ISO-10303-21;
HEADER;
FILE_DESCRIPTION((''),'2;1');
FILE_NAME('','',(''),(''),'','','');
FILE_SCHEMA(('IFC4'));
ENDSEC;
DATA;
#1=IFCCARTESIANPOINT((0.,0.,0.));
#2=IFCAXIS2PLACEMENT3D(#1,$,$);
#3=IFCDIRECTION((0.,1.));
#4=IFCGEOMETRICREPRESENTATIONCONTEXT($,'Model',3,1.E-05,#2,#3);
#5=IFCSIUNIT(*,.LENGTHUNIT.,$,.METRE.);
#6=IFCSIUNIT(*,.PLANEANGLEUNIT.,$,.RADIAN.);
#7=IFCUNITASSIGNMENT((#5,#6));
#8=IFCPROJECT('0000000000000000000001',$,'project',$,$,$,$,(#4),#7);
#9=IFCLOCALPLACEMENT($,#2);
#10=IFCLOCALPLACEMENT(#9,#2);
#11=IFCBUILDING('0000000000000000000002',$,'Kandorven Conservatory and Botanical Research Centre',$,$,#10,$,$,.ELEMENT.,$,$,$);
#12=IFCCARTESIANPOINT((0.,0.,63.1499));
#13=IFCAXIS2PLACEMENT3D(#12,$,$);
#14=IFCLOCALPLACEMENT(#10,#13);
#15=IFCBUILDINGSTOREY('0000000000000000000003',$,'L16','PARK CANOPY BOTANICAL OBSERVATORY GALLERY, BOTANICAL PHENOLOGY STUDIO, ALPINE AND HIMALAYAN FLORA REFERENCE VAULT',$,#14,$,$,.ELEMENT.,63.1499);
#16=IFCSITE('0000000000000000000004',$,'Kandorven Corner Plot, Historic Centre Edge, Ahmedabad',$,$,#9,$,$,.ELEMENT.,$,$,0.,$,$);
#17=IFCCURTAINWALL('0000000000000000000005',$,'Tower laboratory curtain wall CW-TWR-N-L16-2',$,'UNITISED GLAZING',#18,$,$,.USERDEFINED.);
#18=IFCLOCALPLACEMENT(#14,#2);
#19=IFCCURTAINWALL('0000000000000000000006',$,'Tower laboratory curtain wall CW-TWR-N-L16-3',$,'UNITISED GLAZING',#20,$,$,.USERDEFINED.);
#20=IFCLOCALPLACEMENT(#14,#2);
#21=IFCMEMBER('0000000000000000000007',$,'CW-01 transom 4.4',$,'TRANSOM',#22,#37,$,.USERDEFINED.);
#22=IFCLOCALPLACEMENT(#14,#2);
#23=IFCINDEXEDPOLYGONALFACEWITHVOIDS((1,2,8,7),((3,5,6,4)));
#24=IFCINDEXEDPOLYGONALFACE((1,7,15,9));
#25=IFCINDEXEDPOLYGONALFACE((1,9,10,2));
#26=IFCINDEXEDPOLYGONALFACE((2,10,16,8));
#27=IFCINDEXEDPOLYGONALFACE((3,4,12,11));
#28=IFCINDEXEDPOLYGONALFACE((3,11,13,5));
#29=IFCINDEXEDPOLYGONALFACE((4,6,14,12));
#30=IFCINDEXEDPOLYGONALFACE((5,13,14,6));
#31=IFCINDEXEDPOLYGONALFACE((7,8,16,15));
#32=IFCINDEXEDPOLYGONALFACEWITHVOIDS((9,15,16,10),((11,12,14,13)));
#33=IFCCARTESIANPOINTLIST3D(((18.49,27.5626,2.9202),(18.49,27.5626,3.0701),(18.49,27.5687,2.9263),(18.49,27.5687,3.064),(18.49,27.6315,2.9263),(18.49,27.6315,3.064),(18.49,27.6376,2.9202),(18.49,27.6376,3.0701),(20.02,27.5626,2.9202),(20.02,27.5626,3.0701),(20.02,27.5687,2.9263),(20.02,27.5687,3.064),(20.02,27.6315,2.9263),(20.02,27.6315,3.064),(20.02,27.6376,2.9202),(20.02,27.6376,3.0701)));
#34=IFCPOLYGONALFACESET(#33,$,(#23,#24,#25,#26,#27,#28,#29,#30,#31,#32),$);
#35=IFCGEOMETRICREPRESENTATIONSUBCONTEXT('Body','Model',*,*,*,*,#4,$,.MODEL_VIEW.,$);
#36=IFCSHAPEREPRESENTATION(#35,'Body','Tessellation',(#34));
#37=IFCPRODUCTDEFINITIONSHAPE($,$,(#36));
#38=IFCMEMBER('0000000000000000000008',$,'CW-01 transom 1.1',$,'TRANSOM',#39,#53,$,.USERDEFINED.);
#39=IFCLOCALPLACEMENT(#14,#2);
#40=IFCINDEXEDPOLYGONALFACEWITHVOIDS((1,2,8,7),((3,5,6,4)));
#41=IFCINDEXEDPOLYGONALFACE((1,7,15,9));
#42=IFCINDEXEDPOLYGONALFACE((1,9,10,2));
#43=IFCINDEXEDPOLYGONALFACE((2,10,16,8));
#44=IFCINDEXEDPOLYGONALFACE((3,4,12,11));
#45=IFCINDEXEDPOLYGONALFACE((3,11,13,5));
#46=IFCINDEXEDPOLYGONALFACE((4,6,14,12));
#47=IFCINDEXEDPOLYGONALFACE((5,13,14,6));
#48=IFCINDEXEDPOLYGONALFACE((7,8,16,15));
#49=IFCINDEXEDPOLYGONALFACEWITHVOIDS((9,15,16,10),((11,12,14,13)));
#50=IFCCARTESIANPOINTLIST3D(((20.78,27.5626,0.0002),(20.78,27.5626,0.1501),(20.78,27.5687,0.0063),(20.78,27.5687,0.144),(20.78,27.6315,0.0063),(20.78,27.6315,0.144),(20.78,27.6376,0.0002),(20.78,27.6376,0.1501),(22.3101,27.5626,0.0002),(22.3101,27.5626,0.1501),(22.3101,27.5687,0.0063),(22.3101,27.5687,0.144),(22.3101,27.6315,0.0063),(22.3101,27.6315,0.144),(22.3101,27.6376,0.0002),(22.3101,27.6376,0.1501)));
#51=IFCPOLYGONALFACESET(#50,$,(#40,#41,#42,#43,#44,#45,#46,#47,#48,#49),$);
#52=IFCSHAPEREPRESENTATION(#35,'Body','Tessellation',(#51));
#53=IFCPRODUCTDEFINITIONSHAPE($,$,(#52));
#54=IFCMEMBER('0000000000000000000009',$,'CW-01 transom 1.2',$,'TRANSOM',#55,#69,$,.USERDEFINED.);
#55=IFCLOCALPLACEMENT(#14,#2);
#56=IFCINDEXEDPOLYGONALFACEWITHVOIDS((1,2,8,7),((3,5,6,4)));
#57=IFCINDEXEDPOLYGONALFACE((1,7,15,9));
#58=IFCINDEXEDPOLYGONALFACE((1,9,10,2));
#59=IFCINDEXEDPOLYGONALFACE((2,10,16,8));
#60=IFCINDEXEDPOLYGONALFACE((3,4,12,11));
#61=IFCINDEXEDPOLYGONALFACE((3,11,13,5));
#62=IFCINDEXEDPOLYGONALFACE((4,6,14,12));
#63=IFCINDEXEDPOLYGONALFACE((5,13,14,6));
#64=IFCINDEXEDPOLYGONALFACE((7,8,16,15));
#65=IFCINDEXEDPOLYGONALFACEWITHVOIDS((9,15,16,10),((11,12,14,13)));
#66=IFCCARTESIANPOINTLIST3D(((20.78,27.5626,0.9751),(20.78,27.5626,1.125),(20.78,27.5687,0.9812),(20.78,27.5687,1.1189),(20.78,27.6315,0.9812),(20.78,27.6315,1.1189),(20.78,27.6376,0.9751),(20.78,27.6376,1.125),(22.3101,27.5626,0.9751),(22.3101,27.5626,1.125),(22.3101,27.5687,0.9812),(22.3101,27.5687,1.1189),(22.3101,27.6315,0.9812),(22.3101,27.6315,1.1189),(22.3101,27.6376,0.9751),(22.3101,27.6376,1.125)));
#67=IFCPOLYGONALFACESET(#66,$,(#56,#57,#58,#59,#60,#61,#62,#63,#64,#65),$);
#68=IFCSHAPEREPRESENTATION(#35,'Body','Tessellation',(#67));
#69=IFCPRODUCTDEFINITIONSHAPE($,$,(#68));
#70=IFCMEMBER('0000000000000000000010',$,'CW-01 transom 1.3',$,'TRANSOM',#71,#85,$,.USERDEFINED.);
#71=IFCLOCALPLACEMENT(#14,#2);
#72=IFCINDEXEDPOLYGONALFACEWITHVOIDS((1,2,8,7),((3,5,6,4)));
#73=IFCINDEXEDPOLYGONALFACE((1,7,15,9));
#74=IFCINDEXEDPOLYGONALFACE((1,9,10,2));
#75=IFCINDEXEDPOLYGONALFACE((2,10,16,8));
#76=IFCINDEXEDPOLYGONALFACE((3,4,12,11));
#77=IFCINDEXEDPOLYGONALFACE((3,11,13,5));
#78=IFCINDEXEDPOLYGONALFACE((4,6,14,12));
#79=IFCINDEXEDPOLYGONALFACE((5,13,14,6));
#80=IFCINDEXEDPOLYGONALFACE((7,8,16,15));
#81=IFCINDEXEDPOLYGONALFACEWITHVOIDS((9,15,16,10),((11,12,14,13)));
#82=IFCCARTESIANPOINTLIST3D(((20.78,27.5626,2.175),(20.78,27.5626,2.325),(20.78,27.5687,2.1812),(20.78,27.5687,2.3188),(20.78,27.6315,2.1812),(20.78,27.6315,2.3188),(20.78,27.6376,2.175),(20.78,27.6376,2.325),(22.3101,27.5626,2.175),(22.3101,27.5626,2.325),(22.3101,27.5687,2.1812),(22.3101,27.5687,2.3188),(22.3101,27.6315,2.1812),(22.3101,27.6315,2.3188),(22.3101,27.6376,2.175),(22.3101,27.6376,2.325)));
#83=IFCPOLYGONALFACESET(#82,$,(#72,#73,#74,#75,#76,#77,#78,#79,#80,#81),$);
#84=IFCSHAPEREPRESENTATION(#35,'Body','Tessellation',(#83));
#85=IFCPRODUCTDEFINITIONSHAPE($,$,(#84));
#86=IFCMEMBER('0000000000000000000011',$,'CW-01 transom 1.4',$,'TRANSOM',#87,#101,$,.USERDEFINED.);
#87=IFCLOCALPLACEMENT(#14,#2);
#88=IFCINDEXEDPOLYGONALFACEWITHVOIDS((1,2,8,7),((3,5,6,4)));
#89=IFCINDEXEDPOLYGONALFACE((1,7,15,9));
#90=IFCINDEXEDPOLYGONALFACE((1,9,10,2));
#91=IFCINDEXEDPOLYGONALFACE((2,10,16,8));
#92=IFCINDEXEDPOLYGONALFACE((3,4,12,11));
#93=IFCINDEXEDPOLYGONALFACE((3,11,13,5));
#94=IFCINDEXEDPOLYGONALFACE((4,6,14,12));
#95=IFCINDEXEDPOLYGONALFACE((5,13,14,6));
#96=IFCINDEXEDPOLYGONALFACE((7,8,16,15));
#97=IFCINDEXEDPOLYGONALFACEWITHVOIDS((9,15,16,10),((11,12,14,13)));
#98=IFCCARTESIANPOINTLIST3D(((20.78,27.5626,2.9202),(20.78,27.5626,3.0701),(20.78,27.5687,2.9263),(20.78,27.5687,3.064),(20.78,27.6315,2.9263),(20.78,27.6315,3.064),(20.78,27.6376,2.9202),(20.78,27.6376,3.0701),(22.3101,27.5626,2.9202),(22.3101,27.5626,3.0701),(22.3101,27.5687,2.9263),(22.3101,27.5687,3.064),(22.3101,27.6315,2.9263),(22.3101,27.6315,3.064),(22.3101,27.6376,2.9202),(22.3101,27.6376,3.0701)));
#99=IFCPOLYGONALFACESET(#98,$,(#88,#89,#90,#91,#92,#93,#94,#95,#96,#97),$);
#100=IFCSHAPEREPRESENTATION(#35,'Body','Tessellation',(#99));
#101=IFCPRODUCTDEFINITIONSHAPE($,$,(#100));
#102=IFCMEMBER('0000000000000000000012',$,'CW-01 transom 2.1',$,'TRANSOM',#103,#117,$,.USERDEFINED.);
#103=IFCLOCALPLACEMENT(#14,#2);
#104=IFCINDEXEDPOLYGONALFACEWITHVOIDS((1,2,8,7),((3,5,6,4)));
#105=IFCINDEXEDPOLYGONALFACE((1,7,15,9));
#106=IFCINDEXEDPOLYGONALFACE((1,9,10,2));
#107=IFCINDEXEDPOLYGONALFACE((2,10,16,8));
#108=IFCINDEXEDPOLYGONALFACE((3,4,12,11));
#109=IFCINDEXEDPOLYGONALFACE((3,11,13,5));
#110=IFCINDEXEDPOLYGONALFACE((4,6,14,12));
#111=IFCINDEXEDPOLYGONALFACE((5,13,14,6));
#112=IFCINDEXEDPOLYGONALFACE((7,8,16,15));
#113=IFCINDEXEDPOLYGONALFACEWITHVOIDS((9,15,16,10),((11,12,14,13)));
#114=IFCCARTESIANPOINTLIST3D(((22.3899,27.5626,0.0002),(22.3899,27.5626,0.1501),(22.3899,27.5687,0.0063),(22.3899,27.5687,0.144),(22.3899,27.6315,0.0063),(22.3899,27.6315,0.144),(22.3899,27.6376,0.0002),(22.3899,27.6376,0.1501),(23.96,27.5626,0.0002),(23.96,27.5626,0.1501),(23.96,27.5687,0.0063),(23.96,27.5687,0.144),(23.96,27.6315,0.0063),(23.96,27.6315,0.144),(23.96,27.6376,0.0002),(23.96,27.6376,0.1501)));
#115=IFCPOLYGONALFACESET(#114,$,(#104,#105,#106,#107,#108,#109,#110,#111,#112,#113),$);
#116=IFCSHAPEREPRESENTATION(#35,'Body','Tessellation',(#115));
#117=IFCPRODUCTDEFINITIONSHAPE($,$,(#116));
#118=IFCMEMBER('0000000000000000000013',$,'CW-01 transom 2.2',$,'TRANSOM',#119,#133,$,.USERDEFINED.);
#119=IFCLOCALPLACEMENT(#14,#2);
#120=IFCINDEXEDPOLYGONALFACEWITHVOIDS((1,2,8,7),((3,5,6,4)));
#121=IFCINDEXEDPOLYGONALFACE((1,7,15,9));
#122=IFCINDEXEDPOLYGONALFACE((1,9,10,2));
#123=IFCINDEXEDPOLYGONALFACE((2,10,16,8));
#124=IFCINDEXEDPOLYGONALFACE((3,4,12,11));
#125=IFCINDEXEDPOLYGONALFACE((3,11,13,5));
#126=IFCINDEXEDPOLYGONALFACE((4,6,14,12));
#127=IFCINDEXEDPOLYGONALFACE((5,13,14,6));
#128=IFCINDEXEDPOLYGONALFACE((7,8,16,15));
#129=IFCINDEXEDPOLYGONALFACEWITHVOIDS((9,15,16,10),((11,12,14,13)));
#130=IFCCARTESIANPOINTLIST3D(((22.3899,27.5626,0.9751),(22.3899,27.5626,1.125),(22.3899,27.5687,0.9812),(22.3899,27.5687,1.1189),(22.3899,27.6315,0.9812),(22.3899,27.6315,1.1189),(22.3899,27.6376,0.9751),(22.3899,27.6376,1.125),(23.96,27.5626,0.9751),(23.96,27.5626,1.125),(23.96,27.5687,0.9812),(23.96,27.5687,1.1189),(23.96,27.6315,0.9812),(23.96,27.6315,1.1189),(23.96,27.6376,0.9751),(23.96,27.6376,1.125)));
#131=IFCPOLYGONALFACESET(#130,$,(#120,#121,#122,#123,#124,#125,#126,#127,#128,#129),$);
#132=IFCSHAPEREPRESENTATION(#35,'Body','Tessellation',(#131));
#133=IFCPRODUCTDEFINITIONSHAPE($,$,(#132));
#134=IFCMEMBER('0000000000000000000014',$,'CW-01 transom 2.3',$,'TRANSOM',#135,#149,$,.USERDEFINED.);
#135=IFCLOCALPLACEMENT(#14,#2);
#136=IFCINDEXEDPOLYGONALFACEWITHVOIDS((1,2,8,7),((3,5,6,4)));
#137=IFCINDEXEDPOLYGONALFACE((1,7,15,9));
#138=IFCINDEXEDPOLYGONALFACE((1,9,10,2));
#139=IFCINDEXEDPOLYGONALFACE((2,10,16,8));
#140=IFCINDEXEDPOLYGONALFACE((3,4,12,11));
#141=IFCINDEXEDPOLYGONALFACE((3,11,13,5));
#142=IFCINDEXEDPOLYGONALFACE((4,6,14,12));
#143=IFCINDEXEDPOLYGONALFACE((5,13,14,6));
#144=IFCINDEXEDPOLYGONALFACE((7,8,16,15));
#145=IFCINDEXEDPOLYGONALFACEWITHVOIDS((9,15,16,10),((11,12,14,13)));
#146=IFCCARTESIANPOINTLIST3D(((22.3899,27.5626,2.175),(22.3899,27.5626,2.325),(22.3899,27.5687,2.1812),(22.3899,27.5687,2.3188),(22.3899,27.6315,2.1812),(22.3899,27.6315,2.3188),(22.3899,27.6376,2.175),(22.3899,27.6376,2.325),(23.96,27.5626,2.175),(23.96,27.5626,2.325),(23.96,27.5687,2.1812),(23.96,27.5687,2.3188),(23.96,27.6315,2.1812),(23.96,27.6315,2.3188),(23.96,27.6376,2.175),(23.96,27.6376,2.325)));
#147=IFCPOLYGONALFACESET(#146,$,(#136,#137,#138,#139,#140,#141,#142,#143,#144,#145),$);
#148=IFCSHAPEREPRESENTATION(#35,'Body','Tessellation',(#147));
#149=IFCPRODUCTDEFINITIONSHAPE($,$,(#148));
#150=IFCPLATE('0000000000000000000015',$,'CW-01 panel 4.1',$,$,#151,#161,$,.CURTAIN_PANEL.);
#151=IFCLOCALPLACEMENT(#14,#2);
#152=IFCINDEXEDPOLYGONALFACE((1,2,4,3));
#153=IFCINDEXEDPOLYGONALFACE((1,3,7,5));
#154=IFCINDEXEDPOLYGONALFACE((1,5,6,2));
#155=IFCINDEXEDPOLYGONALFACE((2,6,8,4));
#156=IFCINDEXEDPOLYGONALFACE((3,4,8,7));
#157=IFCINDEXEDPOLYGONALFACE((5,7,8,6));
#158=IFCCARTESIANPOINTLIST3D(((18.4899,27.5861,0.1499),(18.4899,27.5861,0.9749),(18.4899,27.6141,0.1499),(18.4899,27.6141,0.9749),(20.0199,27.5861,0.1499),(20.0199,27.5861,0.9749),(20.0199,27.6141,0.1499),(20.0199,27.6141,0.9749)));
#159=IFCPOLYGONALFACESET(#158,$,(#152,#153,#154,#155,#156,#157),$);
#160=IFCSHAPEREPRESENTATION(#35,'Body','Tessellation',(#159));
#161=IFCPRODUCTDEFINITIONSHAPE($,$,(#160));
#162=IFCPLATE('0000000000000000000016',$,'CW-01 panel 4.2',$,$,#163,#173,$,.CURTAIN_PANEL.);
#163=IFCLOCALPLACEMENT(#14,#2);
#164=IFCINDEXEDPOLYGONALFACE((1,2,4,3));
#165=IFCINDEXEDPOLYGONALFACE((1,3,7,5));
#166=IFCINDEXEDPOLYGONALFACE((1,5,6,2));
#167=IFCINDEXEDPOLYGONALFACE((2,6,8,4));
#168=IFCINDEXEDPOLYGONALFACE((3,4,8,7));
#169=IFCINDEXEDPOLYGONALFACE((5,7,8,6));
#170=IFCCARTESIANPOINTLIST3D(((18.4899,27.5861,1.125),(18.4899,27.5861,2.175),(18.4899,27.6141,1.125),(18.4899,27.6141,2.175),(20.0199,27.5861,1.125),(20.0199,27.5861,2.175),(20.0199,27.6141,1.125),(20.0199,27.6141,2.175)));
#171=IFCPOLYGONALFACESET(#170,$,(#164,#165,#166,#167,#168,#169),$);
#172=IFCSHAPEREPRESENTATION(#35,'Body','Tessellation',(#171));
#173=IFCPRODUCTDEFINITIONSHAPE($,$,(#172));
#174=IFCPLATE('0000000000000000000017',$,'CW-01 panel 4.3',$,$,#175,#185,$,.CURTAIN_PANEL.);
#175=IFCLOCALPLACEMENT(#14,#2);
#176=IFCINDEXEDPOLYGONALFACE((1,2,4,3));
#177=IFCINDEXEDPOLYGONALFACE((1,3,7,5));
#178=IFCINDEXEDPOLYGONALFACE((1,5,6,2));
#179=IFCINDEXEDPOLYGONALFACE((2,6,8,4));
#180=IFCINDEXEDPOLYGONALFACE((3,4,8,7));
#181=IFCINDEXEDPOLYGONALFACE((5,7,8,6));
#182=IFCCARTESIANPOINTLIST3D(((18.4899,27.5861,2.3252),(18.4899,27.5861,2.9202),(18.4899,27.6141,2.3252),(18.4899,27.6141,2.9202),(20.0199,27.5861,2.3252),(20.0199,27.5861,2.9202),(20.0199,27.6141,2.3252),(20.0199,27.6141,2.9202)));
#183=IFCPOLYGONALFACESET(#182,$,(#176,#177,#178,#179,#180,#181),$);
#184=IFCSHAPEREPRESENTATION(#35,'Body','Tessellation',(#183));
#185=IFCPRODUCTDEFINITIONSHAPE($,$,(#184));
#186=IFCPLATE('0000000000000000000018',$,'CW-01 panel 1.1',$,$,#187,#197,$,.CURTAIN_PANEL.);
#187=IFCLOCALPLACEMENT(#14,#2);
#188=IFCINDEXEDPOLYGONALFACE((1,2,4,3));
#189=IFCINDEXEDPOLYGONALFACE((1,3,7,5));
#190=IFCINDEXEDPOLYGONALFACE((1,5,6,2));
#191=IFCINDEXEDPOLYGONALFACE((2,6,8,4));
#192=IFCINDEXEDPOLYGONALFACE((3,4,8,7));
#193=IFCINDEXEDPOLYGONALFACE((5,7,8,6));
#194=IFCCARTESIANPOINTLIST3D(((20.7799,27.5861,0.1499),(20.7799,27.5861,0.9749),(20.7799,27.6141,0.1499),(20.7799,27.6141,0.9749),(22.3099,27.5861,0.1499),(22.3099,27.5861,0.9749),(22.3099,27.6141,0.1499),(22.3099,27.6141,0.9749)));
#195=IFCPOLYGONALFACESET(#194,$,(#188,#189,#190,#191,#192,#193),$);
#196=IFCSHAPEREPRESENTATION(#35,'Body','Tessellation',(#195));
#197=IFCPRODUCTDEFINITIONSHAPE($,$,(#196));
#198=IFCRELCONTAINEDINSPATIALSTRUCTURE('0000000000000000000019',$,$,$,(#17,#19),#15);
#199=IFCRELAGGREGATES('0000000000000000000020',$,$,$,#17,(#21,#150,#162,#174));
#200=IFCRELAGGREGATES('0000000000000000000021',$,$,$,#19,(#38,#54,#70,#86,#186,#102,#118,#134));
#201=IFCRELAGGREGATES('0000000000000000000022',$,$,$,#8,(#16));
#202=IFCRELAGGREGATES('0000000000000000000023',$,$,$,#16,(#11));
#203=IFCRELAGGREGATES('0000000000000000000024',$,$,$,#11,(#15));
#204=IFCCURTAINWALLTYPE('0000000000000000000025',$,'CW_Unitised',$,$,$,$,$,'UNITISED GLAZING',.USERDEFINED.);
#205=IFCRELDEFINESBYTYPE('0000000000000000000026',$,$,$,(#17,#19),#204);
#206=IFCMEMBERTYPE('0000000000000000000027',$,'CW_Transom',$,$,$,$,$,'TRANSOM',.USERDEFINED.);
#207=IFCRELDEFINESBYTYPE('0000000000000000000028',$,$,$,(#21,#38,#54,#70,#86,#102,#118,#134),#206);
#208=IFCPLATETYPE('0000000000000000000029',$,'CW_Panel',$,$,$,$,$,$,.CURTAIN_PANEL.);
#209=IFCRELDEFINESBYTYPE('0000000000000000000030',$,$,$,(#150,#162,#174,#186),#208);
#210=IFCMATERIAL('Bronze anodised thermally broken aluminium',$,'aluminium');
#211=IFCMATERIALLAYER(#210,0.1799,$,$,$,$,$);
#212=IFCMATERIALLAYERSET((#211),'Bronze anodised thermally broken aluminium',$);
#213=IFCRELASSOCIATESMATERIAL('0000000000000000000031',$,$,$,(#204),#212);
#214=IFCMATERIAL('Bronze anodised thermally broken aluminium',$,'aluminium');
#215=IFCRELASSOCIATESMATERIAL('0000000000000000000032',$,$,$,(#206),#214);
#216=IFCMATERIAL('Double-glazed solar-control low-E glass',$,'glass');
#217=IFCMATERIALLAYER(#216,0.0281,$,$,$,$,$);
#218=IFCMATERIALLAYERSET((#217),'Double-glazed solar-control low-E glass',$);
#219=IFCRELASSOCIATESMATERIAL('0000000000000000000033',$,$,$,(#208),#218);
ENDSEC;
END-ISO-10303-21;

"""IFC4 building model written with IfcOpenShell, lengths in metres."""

from ifc_helpers import new_model, si_unit, direction, frame, origin, origin_2d, place, context, subcontext, project, spatial, rectangle, hollow_rectangle, extrude, material, layer, layer_set, material_profile, profile_set, type_object, element, aggregate, save


model = new_model("IFC4")

# Units and contexts
model_context = context("Model", 3, precision=1e-05, world=origin(), true_north=direction((0.0, 1.0)))
body_context = subcontext(model_context, "Body", "Model", "MODEL_VIEW")
ifc_project = project(units=[si_unit("LENGTHUNIT", "METRE"), si_unit("PLANEANGLEUNIT", "RADIAN")], contexts=[model_context])

# Site, building, storey
site_placement = place(None, origin())
site = spatial("IfcSite", under=ifc_project, at=site_placement, Name="Kandorven Corner Plot, Historic Centre Edge, Ahmedabad", CompositionType="ELEMENT", RefElevation=0.0)
building_placement = place(site_placement, origin())
building = spatial("IfcBuilding", under=site, at=building_placement, Name="Kandorven Conservatory and Botanical Research Centre", CompositionType="ELEMENT")
storey_placement = place(building_placement, frame((0.0, 0.0, 63.1499)))
storey = spatial("IfcBuildingStorey", under=building, at=storey_placement, Name="L16", Description="PARK CANOPY BOTANICAL OBSERVATORY GALLERY, BOTANICAL PHENOLOGY STUDIO, ALPINE AND HIMALAYAN FLORA REFERENCE VAULT", CompositionType="ELEMENT", Elevation=63.1499)

# Curtain wall
ifc_material_1 = material(Name="Bronze anodised thermally broken aluminium", Category="aluminium")
ifc_layer_1 = layer(ifc_material_1, 0.1799)
ifc_layer_set_1 = layer_set([ifc_layer_1], Name="Bronze anodised thermally broken aluminium")
curtain_wall_type = type_object("IfcCurtainWallType", Name="CW_Unitised", ElementType="UNITISED GLAZING", PredefinedType="USERDEFINED", material=ifc_layer_set_1)
curtain_wall_1_placement = place(storey_placement, origin())
curtain_wall_1 = element("IfcCurtainWall", 1, at=curtain_wall_1_placement, inside=storey, type_object=curtain_wall_type, Name="Tower laboratory curtain wall CW-TWR-N-L16-2", ObjectType="UNITISED GLAZING", PredefinedType="USERDEFINED")

# Curtain wall
curtain_wall_2_placement = place(storey_placement, origin())
curtain_wall_2 = element("IfcCurtainWall", 2, at=curtain_wall_2_placement, inside=storey, type_object=curtain_wall_type, Name="Tower laboratory curtain wall CW-TWR-N-L16-3", ObjectType="UNITISED GLAZING", PredefinedType="USERDEFINED")

# Members
ifc_material_2 = material(Name="Bronze anodised thermally broken aluminium", Category="aluminium")
ifc_material_profile_1 = material_profile(ifc_material_2, hollow_rectangle(XDim=0.075, YDim=0.1499, WallThickness=0.0061, at=origin_2d()))
ifc_profile_set_1 = profile_set([ifc_material_profile_1], Name="Bronze anodised thermally broken aluminium")
member_type_1 = type_object("IfcMemberType", Name="CW_Transom", ElementType="TRANSOM", PredefinedType="USERDEFINED", material=ifc_profile_set_1)
member_1_placement = place(storey_placement, frame((18.49, 27.6001, 2.9951), z_axis=(1.0, 0.0, 0.0), x_axis=(0.0, 1.0, 0.0)))
member_1 = element("IfcMember", 3, at=member_1_placement, type_object=member_type_1, Name="CW-01 transom 4.4", ObjectType="TRANSOM", PredefinedType="USERDEFINED", context=body_context, shape_type="SweptSolid", body=[
    extrude(hollow_rectangle(XDim=0.075, YDim=0.1499, WallThickness=0.0061, at=origin_2d()), origin(), (0.0, 0.0, 1.0), 1.53),
])
member_2_placement = place(storey_placement, frame((20.78, 27.6001, 0.0752), z_axis=(1.0, 0.0, 0.0), x_axis=(0.0, 1.0, 0.0)))
member_2 = element("IfcMember", 4, at=member_2_placement, type_object=member_type_1, Name="CW-01 transom 1.1", ObjectType="TRANSOM", PredefinedType="USERDEFINED", context=body_context, shape_type="SweptSolid", body=[
    extrude(hollow_rectangle(XDim=0.075, YDim=0.1499, WallThickness=0.0061, at=origin_2d()), origin(), (0.0, 0.0, 1.0), 1.53),
])
member_3_placement = place(storey_placement, frame((20.78, 27.6001, 1.05), z_axis=(1.0, 0.0, 0.0), x_axis=(0.0, 1.0, 0.0)))
member_3 = element("IfcMember", 5, at=member_3_placement, type_object=member_type_1, Name="CW-01 transom 1.2", ObjectType="TRANSOM", PredefinedType="USERDEFINED", context=body_context, shape_type="SweptSolid", body=[
    extrude(hollow_rectangle(XDim=0.075, YDim=0.1499, WallThickness=0.0061, at=origin_2d()), origin(), (0.0, 0.0, 1.0), 1.53),
])
member_4_placement = place(storey_placement, frame((20.78, 27.6001, 2.25), z_axis=(1.0, 0.0, 0.0), x_axis=(0.0, 1.0, 0.0)))
member_4 = element("IfcMember", 6, at=member_4_placement, type_object=member_type_1, Name="CW-01 transom 1.3", ObjectType="TRANSOM", PredefinedType="USERDEFINED", context=body_context, shape_type="SweptSolid", body=[
    extrude(hollow_rectangle(XDim=0.075, YDim=0.1499, WallThickness=0.0061, at=origin_2d()), origin(), (0.0, 0.0, 1.0), 1.53),
])
member_5_placement = place(storey_placement, frame((20.78, 27.6001, 2.9951), z_axis=(1.0, 0.0, 0.0), x_axis=(0.0, 1.0, 0.0)))
member_5 = element("IfcMember", 7, at=member_5_placement, type_object=member_type_1, Name="CW-01 transom 1.4", ObjectType="TRANSOM", PredefinedType="USERDEFINED", context=body_context, shape_type="SweptSolid", body=[
    extrude(hollow_rectangle(XDim=0.075, YDim=0.1499, WallThickness=0.0061, at=origin_2d()), origin(), (0.0, 0.0, 1.0), 1.53),
])
member_6_placement = place(storey_placement, frame((22.3899, 27.6001, 0.0752), z_axis=(1.0, 0.0, 0.0), x_axis=(0.0, 1.0, 0.0)))
member_6 = element("IfcMember", 8, at=member_6_placement, type_object=member_type_1, Name="CW-01 transom 2.1", ObjectType="TRANSOM", PredefinedType="USERDEFINED", context=body_context, shape_type="SweptSolid", body=[
    extrude(hollow_rectangle(XDim=0.075, YDim=0.1499, WallThickness=0.0061, at=origin_2d()), origin(), (0.0, 0.0, 1.0), 1.5701),
])
member_7_placement = place(storey_placement, frame((22.3899, 27.6001, 1.05), z_axis=(1.0, 0.0, 0.0), x_axis=(0.0, 1.0, 0.0)))
member_7 = element("IfcMember", 9, at=member_7_placement, type_object=member_type_1, Name="CW-01 transom 2.2", ObjectType="TRANSOM", PredefinedType="USERDEFINED", context=body_context, shape_type="SweptSolid", body=[
    extrude(hollow_rectangle(XDim=0.075, YDim=0.1499, WallThickness=0.0061, at=origin_2d()), origin(), (0.0, 0.0, 1.0), 1.5701),
])
member_8_placement = place(storey_placement, frame((22.3899, 27.6001, 2.25), z_axis=(1.0, 0.0, 0.0), x_axis=(0.0, 1.0, 0.0)))
member_8 = element("IfcMember", 10, at=member_8_placement, type_object=member_type_1, Name="CW-01 transom 2.3", ObjectType="TRANSOM", PredefinedType="USERDEFINED", context=body_context, shape_type="SweptSolid", body=[
    extrude(hollow_rectangle(XDim=0.075, YDim=0.1499, WallThickness=0.0061, at=origin_2d()), origin(), (0.0, 0.0, 1.0), 1.5701),
])

# Plates
ifc_material_3 = material(Name="Double-glazed solar-control low-E glass", Category="glass")
ifc_layer_2 = layer(ifc_material_3, 0.0281)
ifc_layer_set_2 = layer_set([ifc_layer_2], Name="Double-glazed solar-control low-E glass")
plate_type = type_object("IfcPlateType", Name="CW_Panel", PredefinedType="CURTAIN_PANEL", material=ifc_layer_set_2)
plate_1_placement = place(storey_placement, frame((19.2549, 27.6001, 0.1499), z_axis=(0.0, 0.0, 1.0), x_axis=(1.0, 0.0, 0.0)))
plate_1 = element("IfcPlate", 11, at=plate_1_placement, type_object=plate_type, Name="CW-01 panel 4.1", PredefinedType="CURTAIN_PANEL", context=body_context, shape_type="SweptSolid", body=[
    extrude(rectangle(XDim=1.53, YDim=0.0281, at=origin_2d()), origin(), (0.0, 0.0, 1.0), 0.825),
])
plate_2_placement = place(storey_placement, frame((19.2549, 27.6001, 1.125), z_axis=(0.0, 0.0, 1.0), x_axis=(1.0, 0.0, 0.0)))
plate_2 = element("IfcPlate", 12, at=plate_2_placement, type_object=plate_type, Name="CW-01 panel 4.2", PredefinedType="CURTAIN_PANEL", context=body_context, shape_type="SweptSolid", body=[
    extrude(rectangle(XDim=1.53, YDim=0.0281, at=origin_2d()), origin(), (0.0, 0.0, 1.0), 1.05),
])
plate_3_placement = place(storey_placement, frame((19.2549, 27.6001, 2.3252), z_axis=(0.0, 0.0, 1.0), x_axis=(1.0, 0.0, 0.0)))
plate_3 = element("IfcPlate", 13, at=plate_3_placement, type_object=plate_type, Name="CW-01 panel 4.3", PredefinedType="CURTAIN_PANEL", context=body_context, shape_type="SweptSolid", body=[
    extrude(rectangle(XDim=1.53, YDim=0.0281, at=origin_2d()), origin(), (0.0, 0.0, 1.0), 0.595),
])
aggregate(curtain_wall_1, [member_1, plate_1, plate_2, plate_3])
plate_4_placement = place(storey_placement, frame((21.5449, 27.6001, 0.1499), z_axis=(0.0, 0.0, 1.0), x_axis=(1.0, 0.0, 0.0)))
plate_4 = element("IfcPlate", 14, at=plate_4_placement, type_object=plate_type, Name="CW-01 panel 1.1", PredefinedType="CURTAIN_PANEL", context=body_context, shape_type="SweptSolid", body=[
    extrude(rectangle(XDim=1.53, YDim=0.0281, at=origin_2d()), origin(), (0.0, 0.0, 1.0), 0.825),
])
aggregate(curtain_wall_2, [member_2, member_3, member_4, member_5, plate_4, member_6, member_7, member_8])

save(model, "model.ifc")
